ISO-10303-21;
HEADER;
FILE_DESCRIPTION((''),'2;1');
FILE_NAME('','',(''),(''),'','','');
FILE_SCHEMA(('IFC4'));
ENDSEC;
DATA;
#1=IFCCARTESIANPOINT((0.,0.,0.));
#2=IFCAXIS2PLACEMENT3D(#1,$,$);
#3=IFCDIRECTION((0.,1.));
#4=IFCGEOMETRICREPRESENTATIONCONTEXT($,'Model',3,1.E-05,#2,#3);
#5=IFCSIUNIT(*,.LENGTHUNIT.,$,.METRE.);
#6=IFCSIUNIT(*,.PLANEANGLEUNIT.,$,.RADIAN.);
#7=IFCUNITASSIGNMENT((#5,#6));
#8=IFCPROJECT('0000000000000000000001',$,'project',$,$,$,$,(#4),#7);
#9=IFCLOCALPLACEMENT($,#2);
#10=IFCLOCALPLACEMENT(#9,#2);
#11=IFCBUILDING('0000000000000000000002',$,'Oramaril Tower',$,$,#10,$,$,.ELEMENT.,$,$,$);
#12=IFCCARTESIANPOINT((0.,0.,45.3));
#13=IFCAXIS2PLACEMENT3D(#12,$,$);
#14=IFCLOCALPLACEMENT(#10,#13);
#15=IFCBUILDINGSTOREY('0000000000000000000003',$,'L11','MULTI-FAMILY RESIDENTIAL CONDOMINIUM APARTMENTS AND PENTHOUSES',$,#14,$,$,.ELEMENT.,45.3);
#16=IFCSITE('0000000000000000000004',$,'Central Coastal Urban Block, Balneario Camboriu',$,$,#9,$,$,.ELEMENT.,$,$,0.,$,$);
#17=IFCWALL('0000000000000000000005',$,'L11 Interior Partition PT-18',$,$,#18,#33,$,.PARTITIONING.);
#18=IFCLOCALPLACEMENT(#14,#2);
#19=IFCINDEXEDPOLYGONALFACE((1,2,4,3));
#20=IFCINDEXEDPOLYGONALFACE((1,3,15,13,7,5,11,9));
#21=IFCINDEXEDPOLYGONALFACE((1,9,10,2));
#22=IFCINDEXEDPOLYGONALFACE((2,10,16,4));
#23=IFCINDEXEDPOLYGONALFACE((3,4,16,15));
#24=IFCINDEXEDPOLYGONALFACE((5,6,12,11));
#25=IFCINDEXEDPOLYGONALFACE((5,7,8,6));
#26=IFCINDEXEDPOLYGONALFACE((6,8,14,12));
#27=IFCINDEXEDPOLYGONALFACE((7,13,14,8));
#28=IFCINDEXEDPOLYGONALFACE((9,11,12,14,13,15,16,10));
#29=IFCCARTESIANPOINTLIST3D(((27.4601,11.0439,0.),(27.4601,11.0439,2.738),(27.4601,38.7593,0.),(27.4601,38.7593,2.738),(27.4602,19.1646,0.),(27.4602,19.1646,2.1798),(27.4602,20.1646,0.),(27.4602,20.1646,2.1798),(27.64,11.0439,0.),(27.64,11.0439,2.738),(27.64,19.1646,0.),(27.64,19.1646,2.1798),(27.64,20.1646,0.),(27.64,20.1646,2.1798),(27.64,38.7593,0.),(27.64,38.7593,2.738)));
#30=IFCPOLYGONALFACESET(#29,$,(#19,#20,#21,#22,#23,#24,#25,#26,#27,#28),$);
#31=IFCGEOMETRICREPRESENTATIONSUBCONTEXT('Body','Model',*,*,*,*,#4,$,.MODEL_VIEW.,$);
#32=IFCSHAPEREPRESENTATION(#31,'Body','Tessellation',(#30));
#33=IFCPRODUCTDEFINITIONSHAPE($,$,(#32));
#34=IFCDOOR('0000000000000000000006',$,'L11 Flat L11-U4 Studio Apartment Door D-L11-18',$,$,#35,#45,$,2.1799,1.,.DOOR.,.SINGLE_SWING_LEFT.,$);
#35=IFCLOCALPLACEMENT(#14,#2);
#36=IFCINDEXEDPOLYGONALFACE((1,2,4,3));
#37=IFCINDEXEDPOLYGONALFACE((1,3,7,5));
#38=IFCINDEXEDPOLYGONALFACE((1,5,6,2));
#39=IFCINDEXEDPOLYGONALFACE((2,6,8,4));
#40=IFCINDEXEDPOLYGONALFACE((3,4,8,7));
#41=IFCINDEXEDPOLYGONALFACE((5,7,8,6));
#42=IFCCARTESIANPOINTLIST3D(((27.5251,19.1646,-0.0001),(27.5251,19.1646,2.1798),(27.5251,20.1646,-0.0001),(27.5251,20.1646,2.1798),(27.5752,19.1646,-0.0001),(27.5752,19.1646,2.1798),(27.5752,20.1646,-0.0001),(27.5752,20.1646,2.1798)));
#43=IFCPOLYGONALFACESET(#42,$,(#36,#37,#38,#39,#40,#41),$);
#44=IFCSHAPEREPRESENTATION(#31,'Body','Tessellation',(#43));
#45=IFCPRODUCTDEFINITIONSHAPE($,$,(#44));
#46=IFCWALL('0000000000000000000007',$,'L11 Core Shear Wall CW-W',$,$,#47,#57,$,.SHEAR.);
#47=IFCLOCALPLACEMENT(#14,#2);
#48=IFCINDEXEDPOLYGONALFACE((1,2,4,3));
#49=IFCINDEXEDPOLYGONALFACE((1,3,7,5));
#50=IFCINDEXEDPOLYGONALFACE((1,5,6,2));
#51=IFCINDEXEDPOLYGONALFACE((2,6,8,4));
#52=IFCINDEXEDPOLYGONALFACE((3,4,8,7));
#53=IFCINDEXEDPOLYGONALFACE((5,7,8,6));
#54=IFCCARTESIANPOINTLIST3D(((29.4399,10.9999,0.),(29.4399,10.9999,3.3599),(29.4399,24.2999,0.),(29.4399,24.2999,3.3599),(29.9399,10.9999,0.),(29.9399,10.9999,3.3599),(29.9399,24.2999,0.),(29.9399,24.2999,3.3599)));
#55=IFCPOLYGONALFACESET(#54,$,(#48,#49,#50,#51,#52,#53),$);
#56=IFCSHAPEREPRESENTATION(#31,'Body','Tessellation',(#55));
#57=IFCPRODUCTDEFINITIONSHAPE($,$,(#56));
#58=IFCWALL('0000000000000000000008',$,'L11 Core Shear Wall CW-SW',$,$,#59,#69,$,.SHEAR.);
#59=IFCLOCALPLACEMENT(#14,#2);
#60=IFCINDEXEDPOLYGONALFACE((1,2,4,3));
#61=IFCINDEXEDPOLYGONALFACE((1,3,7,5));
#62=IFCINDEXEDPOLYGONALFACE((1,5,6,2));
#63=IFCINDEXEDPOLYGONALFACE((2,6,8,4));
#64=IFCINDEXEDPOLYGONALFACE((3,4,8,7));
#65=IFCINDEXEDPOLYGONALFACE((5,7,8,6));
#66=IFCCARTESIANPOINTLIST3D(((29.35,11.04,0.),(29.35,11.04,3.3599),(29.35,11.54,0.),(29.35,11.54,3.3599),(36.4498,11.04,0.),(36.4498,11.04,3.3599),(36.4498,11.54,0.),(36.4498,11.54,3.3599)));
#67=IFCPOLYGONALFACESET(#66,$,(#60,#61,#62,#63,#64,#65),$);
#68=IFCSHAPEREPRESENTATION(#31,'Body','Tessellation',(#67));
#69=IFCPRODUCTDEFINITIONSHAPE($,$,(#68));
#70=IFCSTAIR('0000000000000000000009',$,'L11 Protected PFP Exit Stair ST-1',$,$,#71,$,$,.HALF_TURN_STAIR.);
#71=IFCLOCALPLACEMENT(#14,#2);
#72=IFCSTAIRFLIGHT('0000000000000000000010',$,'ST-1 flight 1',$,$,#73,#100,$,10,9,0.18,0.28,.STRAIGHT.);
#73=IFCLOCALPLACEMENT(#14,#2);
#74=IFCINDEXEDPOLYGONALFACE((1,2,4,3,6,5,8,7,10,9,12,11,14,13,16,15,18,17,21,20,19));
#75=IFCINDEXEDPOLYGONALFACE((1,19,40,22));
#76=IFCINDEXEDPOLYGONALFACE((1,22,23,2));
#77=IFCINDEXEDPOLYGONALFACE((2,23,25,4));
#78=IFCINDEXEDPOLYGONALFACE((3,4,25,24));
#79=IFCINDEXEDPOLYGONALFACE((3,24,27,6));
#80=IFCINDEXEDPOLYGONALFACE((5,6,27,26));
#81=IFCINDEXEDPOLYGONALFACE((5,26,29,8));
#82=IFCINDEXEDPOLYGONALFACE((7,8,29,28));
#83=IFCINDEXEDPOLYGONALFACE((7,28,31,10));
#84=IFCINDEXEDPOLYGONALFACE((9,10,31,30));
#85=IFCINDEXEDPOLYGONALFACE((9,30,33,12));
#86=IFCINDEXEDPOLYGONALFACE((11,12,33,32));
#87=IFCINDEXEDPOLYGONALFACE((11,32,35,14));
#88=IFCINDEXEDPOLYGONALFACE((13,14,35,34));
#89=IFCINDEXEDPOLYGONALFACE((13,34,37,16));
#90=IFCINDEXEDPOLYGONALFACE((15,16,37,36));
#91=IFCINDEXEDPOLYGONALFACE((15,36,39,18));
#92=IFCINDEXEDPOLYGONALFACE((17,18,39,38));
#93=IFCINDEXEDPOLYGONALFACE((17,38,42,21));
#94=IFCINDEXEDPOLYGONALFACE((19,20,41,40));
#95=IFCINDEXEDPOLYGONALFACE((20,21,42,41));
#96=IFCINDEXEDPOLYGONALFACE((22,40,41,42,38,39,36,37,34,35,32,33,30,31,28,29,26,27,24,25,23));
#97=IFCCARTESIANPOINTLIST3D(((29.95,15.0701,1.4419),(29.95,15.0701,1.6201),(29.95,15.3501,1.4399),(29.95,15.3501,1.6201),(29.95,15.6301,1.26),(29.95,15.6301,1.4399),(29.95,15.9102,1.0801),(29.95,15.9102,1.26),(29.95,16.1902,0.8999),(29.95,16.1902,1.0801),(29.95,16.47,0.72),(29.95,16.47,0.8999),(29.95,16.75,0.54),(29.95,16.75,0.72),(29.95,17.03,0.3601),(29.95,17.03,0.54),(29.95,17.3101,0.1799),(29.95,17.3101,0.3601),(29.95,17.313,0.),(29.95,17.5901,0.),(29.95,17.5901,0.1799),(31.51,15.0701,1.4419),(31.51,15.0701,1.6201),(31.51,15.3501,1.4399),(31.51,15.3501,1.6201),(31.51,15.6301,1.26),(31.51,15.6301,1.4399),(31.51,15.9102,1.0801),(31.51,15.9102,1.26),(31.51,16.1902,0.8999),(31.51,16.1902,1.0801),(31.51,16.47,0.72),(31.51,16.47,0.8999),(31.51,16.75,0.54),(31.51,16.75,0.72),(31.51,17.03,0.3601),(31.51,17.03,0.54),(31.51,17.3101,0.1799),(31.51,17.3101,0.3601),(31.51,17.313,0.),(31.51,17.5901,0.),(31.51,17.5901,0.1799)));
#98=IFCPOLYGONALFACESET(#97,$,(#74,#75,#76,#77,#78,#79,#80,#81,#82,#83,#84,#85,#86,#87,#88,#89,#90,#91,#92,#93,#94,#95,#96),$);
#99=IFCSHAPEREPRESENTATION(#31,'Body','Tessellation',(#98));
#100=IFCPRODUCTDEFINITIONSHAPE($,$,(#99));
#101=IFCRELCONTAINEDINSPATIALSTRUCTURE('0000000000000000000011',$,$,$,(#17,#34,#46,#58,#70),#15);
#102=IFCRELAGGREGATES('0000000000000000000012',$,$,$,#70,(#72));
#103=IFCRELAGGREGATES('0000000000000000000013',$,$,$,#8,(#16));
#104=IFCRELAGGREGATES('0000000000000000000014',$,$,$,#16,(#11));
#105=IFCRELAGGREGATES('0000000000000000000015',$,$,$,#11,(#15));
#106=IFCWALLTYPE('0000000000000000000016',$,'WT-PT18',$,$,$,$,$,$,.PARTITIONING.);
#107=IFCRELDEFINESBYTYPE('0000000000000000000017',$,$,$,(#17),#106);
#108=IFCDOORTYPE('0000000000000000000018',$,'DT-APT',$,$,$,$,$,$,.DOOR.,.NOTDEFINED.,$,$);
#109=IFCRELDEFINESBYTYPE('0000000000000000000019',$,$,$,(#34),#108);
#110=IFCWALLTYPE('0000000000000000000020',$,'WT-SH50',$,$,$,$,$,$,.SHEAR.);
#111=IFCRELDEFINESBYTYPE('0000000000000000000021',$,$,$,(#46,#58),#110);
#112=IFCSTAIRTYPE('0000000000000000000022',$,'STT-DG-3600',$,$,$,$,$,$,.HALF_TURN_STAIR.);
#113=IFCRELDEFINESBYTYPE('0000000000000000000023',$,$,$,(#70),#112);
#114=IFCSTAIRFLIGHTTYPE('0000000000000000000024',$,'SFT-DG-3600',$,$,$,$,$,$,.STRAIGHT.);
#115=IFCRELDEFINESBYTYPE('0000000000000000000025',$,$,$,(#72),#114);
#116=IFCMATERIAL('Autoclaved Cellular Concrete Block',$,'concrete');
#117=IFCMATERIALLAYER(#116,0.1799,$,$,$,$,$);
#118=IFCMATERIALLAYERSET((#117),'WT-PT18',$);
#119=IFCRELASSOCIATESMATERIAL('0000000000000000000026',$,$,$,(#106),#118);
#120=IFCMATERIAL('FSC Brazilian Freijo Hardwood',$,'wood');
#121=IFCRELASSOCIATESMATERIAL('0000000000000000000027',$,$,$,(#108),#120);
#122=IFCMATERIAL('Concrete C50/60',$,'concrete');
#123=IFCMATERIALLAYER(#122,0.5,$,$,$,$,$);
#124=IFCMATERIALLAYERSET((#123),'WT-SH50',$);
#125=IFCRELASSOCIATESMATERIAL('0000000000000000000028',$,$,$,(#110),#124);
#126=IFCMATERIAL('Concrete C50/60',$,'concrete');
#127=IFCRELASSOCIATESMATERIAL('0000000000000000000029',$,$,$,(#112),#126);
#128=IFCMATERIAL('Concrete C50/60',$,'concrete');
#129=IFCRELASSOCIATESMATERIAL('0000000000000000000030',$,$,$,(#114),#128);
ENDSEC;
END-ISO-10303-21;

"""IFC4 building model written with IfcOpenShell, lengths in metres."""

from ifc_helpers import new_model, si_unit, direction, frame, frame_2d, origin, place, context, subcontext, project, spatial, polyline, rectangle, outline, extrude, material, layer, layer_set, type_object, element, fill, aggregate, save


model = new_model("IFC4")

# Units and contexts
model_context = context("Model", 3, precision=1e-05, world=origin(), true_north=direction((0.0, 1.0)))
body_context = subcontext(model_context, "Body", "Model", "MODEL_VIEW")
ifc_project = project(units=[si_unit("LENGTHUNIT", "METRE"), si_unit("PLANEANGLEUNIT", "RADIAN")], contexts=[model_context])

# Site, building, storey
site_placement = place(None, origin())
site = spatial("IfcSite", under=ifc_project, at=site_placement, Name="Central Coastal Urban Block, Balneario Camboriu", CompositionType="ELEMENT", RefElevation=0.0)
building_placement = place(site_placement, origin())
building = spatial("IfcBuilding", under=site, at=building_placement, Name="Oramaril Tower", CompositionType="ELEMENT")
storey_placement = place(building_placement, frame((0.0, 0.0, 45.3)))
storey = spatial("IfcBuildingStorey", under=building, at=storey_placement, Name="L11", Description="MULTI-FAMILY RESIDENTIAL CONDOMINIUM APARTMENTS AND PENTHOUSES", CompositionType="ELEMENT", Elevation=45.3)

# Wall, opening, door
ifc_material_1 = material(Name="Autoclaved Cellular Concrete Block", Category="concrete")
ifc_layer_1 = layer(ifc_material_1, 0.1799)
ifc_layer_set_1 = layer_set([ifc_layer_1], Name="WT-PT18")
wall_type_1 = type_object("IfcWallType", Name="WT-PT18", PredefinedType="PARTITIONING", material=ifc_layer_set_1)
wall_1_placement = place(storey_placement, frame((27.55, 11.0439, 0.0), z_axis=(0.0, 0.0, 1.0), x_axis=(0.0, 1.0, 0.0)))
wall_1 = element("IfcWall", 1, at=wall_1_placement, inside=storey, type_object=wall_type_1, Name="L11 Interior Partition PT-18", PredefinedType="PARTITIONING", context=body_context, shape_type="SweptSolid", body=[
    extrude(rectangle(XDim=27.7153, YDim=0.1799, at=frame_2d((13.8577, 0.0))), origin(), (0.0, 0.0, 1.0), 2.738),
])
opening_1_placement = place(wall_1_placement, frame((8.1206, 0.0, 0.0)))
opening_1 = element("IfcOpeningElement", 2, at=opening_1_placement, cuts=wall_1, PredefinedType="OPENING", context=body_context, shape_type="SweptSolid", body=[
    extrude(rectangle(XDim=1.0, YDim=2.1799, at=frame_2d((0.5, 1.0898))), frame((0.0, 0.0898, 0.0), z_axis=(0.0, -1.0, 0.0), x_axis=(1.0, 0.0, 0.0)), (0.0, 0.0, 1.0), 0.1799),
])
ifc_material_2 = material(Name="FSC Brazilian Freijo Hardwood", Category="wood")
door_type_1 = type_object("IfcDoorType", Name="DT-APT", OperationType="NOTDEFINED", PredefinedType="DOOR", material=ifc_material_2)
door_1_placement = place(opening_1_placement, origin())
door_1 = element("IfcDoor", 3, at=door_1_placement, inside=storey, type_object=door_type_1, Name="L11 Flat L11-U4 Studio Apartment Door D-L11-18", OperationType="SINGLE_SWING_LEFT", OverallHeight=2.1799, OverallWidth=1.0, PredefinedType="DOOR", context=body_context, shape_type="SweptSolid", body=[
    extrude(rectangle(XDim=1.0, YDim=2.1799, at=frame_2d((0.5, 1.0898))), frame((0.0, 0.0249, 0.0), z_axis=(0.0, -1.0, 0.0), x_axis=(1.0, 0.0, 0.0)), (0.0, 0.0, 1.0), 0.05),
])
fill(opening_1, door_1)

# Walls
ifc_material_3 = material(Name="Concrete C50/60", Category="concrete")
ifc_layer_2 = layer(ifc_material_3, 0.5)
ifc_layer_set_2 = layer_set([ifc_layer_2], Name="WT-SH50")
wall_type_2 = type_object("IfcWallType", Name="WT-SH50", PredefinedType="SHEAR", material=ifc_layer_set_2)
wall_2_placement = place(storey_placement, frame((29.6899, 11.0, 0.0), z_axis=(0.0, 0.0, 1.0), x_axis=(0.0, 1.0, 0.0)))
element("IfcWall", 4, at=wall_2_placement, inside=storey, type_object=wall_type_2, Name="L11 Core Shear Wall CW-W", PredefinedType="SHEAR", context=body_context, shape_type="SweptSolid", body=[
    extrude(rectangle(XDim=13.3, YDim=0.5, at=frame_2d((6.6499, 0.0))), origin(), (0.0, 0.0, 1.0), 3.3599),
])
wall_3_placement = place(storey_placement, frame((29.3501, 11.29, 0.0), z_axis=(0.0, 0.0, 1.0), x_axis=(1.0, 0.0, 0.0)))
element("IfcWall", 5, at=wall_3_placement, inside=storey, type_object=wall_type_2, Name="L11 Core Shear Wall CW-SW", PredefinedType="SHEAR", context=body_context, shape_type="SweptSolid", body=[
    extrude(rectangle(XDim=7.0999, YDim=0.5, at=frame_2d((3.5498, 0.0))), origin(), (0.0, 0.0, 1.0), 3.3599),
])

# Stair, stair flight
ifc_material_4 = material(Name="Concrete C50/60", Category="concrete")
stair_type = type_object("IfcStairType", Name="STT-DG-3600", PredefinedType="HALF_TURN_STAIR", material=ifc_material_4)
stair_placement = place(storey_placement, origin())
stair = element("IfcStair", 6, at=stair_placement, inside=storey, type_object=stair_type, Name="L11 Protected PFP Exit Stair ST-1", PredefinedType="HALF_TURN_STAIR")
ifc_material_5 = material(Name="Concrete C50/60", Category="concrete")
stair_flight_type = type_object("IfcStairFlightType", Name="SFT-DG-3600", PredefinedType="STRAIGHT", material=ifc_material_5)
stair_flight_placement = place(storey_placement, frame((30.73, 17.5901, 0.0), z_axis=(0.0, 0.0, 1.0), x_axis=(0.0, -1.0, 0.0)))
stair_flight = element("IfcStairFlight", 7, at=stair_flight_placement, type_object=stair_flight_type, Name="ST-1 flight 1", NumberOfRisers=10, NumberOfTreads=9, PredefinedType="STRAIGHT", RiserHeight=0.18, TreadLength=0.28, context=body_context, shape_type="SweptSolid", body=[
    extrude(outline(polyline([(0.0, 0.0), (0.0, 0.1799), (0.28, 0.1799), (0.28, 0.3601), (0.5601, 0.3601), (0.5601, 0.54), (0.8401, 0.54), (0.8401, 0.72), (1.1201, 0.72), (1.1201, 0.8999), (1.3999, 0.8999), (1.3999, 1.0801), (1.6799, 1.0801), (1.6799, 1.26), (1.96, 1.26), (1.96, 1.4399), (2.24, 1.4399), (2.24, 1.6201), (2.52, 1.6201), (2.52, 1.8), (2.52, 1.4419), (0.2771, 0.0), (0.0, 0.0)])), frame((0.0, 0.78, 0.0), z_axis=(0.0, -1.0, 0.0), x_axis=(1.0, 0.0, 0.0)), (0.0, 0.0, 1.0), 1.5601),
])
aggregate(stair, [stair_flight])

save(model, "model.ifc")
